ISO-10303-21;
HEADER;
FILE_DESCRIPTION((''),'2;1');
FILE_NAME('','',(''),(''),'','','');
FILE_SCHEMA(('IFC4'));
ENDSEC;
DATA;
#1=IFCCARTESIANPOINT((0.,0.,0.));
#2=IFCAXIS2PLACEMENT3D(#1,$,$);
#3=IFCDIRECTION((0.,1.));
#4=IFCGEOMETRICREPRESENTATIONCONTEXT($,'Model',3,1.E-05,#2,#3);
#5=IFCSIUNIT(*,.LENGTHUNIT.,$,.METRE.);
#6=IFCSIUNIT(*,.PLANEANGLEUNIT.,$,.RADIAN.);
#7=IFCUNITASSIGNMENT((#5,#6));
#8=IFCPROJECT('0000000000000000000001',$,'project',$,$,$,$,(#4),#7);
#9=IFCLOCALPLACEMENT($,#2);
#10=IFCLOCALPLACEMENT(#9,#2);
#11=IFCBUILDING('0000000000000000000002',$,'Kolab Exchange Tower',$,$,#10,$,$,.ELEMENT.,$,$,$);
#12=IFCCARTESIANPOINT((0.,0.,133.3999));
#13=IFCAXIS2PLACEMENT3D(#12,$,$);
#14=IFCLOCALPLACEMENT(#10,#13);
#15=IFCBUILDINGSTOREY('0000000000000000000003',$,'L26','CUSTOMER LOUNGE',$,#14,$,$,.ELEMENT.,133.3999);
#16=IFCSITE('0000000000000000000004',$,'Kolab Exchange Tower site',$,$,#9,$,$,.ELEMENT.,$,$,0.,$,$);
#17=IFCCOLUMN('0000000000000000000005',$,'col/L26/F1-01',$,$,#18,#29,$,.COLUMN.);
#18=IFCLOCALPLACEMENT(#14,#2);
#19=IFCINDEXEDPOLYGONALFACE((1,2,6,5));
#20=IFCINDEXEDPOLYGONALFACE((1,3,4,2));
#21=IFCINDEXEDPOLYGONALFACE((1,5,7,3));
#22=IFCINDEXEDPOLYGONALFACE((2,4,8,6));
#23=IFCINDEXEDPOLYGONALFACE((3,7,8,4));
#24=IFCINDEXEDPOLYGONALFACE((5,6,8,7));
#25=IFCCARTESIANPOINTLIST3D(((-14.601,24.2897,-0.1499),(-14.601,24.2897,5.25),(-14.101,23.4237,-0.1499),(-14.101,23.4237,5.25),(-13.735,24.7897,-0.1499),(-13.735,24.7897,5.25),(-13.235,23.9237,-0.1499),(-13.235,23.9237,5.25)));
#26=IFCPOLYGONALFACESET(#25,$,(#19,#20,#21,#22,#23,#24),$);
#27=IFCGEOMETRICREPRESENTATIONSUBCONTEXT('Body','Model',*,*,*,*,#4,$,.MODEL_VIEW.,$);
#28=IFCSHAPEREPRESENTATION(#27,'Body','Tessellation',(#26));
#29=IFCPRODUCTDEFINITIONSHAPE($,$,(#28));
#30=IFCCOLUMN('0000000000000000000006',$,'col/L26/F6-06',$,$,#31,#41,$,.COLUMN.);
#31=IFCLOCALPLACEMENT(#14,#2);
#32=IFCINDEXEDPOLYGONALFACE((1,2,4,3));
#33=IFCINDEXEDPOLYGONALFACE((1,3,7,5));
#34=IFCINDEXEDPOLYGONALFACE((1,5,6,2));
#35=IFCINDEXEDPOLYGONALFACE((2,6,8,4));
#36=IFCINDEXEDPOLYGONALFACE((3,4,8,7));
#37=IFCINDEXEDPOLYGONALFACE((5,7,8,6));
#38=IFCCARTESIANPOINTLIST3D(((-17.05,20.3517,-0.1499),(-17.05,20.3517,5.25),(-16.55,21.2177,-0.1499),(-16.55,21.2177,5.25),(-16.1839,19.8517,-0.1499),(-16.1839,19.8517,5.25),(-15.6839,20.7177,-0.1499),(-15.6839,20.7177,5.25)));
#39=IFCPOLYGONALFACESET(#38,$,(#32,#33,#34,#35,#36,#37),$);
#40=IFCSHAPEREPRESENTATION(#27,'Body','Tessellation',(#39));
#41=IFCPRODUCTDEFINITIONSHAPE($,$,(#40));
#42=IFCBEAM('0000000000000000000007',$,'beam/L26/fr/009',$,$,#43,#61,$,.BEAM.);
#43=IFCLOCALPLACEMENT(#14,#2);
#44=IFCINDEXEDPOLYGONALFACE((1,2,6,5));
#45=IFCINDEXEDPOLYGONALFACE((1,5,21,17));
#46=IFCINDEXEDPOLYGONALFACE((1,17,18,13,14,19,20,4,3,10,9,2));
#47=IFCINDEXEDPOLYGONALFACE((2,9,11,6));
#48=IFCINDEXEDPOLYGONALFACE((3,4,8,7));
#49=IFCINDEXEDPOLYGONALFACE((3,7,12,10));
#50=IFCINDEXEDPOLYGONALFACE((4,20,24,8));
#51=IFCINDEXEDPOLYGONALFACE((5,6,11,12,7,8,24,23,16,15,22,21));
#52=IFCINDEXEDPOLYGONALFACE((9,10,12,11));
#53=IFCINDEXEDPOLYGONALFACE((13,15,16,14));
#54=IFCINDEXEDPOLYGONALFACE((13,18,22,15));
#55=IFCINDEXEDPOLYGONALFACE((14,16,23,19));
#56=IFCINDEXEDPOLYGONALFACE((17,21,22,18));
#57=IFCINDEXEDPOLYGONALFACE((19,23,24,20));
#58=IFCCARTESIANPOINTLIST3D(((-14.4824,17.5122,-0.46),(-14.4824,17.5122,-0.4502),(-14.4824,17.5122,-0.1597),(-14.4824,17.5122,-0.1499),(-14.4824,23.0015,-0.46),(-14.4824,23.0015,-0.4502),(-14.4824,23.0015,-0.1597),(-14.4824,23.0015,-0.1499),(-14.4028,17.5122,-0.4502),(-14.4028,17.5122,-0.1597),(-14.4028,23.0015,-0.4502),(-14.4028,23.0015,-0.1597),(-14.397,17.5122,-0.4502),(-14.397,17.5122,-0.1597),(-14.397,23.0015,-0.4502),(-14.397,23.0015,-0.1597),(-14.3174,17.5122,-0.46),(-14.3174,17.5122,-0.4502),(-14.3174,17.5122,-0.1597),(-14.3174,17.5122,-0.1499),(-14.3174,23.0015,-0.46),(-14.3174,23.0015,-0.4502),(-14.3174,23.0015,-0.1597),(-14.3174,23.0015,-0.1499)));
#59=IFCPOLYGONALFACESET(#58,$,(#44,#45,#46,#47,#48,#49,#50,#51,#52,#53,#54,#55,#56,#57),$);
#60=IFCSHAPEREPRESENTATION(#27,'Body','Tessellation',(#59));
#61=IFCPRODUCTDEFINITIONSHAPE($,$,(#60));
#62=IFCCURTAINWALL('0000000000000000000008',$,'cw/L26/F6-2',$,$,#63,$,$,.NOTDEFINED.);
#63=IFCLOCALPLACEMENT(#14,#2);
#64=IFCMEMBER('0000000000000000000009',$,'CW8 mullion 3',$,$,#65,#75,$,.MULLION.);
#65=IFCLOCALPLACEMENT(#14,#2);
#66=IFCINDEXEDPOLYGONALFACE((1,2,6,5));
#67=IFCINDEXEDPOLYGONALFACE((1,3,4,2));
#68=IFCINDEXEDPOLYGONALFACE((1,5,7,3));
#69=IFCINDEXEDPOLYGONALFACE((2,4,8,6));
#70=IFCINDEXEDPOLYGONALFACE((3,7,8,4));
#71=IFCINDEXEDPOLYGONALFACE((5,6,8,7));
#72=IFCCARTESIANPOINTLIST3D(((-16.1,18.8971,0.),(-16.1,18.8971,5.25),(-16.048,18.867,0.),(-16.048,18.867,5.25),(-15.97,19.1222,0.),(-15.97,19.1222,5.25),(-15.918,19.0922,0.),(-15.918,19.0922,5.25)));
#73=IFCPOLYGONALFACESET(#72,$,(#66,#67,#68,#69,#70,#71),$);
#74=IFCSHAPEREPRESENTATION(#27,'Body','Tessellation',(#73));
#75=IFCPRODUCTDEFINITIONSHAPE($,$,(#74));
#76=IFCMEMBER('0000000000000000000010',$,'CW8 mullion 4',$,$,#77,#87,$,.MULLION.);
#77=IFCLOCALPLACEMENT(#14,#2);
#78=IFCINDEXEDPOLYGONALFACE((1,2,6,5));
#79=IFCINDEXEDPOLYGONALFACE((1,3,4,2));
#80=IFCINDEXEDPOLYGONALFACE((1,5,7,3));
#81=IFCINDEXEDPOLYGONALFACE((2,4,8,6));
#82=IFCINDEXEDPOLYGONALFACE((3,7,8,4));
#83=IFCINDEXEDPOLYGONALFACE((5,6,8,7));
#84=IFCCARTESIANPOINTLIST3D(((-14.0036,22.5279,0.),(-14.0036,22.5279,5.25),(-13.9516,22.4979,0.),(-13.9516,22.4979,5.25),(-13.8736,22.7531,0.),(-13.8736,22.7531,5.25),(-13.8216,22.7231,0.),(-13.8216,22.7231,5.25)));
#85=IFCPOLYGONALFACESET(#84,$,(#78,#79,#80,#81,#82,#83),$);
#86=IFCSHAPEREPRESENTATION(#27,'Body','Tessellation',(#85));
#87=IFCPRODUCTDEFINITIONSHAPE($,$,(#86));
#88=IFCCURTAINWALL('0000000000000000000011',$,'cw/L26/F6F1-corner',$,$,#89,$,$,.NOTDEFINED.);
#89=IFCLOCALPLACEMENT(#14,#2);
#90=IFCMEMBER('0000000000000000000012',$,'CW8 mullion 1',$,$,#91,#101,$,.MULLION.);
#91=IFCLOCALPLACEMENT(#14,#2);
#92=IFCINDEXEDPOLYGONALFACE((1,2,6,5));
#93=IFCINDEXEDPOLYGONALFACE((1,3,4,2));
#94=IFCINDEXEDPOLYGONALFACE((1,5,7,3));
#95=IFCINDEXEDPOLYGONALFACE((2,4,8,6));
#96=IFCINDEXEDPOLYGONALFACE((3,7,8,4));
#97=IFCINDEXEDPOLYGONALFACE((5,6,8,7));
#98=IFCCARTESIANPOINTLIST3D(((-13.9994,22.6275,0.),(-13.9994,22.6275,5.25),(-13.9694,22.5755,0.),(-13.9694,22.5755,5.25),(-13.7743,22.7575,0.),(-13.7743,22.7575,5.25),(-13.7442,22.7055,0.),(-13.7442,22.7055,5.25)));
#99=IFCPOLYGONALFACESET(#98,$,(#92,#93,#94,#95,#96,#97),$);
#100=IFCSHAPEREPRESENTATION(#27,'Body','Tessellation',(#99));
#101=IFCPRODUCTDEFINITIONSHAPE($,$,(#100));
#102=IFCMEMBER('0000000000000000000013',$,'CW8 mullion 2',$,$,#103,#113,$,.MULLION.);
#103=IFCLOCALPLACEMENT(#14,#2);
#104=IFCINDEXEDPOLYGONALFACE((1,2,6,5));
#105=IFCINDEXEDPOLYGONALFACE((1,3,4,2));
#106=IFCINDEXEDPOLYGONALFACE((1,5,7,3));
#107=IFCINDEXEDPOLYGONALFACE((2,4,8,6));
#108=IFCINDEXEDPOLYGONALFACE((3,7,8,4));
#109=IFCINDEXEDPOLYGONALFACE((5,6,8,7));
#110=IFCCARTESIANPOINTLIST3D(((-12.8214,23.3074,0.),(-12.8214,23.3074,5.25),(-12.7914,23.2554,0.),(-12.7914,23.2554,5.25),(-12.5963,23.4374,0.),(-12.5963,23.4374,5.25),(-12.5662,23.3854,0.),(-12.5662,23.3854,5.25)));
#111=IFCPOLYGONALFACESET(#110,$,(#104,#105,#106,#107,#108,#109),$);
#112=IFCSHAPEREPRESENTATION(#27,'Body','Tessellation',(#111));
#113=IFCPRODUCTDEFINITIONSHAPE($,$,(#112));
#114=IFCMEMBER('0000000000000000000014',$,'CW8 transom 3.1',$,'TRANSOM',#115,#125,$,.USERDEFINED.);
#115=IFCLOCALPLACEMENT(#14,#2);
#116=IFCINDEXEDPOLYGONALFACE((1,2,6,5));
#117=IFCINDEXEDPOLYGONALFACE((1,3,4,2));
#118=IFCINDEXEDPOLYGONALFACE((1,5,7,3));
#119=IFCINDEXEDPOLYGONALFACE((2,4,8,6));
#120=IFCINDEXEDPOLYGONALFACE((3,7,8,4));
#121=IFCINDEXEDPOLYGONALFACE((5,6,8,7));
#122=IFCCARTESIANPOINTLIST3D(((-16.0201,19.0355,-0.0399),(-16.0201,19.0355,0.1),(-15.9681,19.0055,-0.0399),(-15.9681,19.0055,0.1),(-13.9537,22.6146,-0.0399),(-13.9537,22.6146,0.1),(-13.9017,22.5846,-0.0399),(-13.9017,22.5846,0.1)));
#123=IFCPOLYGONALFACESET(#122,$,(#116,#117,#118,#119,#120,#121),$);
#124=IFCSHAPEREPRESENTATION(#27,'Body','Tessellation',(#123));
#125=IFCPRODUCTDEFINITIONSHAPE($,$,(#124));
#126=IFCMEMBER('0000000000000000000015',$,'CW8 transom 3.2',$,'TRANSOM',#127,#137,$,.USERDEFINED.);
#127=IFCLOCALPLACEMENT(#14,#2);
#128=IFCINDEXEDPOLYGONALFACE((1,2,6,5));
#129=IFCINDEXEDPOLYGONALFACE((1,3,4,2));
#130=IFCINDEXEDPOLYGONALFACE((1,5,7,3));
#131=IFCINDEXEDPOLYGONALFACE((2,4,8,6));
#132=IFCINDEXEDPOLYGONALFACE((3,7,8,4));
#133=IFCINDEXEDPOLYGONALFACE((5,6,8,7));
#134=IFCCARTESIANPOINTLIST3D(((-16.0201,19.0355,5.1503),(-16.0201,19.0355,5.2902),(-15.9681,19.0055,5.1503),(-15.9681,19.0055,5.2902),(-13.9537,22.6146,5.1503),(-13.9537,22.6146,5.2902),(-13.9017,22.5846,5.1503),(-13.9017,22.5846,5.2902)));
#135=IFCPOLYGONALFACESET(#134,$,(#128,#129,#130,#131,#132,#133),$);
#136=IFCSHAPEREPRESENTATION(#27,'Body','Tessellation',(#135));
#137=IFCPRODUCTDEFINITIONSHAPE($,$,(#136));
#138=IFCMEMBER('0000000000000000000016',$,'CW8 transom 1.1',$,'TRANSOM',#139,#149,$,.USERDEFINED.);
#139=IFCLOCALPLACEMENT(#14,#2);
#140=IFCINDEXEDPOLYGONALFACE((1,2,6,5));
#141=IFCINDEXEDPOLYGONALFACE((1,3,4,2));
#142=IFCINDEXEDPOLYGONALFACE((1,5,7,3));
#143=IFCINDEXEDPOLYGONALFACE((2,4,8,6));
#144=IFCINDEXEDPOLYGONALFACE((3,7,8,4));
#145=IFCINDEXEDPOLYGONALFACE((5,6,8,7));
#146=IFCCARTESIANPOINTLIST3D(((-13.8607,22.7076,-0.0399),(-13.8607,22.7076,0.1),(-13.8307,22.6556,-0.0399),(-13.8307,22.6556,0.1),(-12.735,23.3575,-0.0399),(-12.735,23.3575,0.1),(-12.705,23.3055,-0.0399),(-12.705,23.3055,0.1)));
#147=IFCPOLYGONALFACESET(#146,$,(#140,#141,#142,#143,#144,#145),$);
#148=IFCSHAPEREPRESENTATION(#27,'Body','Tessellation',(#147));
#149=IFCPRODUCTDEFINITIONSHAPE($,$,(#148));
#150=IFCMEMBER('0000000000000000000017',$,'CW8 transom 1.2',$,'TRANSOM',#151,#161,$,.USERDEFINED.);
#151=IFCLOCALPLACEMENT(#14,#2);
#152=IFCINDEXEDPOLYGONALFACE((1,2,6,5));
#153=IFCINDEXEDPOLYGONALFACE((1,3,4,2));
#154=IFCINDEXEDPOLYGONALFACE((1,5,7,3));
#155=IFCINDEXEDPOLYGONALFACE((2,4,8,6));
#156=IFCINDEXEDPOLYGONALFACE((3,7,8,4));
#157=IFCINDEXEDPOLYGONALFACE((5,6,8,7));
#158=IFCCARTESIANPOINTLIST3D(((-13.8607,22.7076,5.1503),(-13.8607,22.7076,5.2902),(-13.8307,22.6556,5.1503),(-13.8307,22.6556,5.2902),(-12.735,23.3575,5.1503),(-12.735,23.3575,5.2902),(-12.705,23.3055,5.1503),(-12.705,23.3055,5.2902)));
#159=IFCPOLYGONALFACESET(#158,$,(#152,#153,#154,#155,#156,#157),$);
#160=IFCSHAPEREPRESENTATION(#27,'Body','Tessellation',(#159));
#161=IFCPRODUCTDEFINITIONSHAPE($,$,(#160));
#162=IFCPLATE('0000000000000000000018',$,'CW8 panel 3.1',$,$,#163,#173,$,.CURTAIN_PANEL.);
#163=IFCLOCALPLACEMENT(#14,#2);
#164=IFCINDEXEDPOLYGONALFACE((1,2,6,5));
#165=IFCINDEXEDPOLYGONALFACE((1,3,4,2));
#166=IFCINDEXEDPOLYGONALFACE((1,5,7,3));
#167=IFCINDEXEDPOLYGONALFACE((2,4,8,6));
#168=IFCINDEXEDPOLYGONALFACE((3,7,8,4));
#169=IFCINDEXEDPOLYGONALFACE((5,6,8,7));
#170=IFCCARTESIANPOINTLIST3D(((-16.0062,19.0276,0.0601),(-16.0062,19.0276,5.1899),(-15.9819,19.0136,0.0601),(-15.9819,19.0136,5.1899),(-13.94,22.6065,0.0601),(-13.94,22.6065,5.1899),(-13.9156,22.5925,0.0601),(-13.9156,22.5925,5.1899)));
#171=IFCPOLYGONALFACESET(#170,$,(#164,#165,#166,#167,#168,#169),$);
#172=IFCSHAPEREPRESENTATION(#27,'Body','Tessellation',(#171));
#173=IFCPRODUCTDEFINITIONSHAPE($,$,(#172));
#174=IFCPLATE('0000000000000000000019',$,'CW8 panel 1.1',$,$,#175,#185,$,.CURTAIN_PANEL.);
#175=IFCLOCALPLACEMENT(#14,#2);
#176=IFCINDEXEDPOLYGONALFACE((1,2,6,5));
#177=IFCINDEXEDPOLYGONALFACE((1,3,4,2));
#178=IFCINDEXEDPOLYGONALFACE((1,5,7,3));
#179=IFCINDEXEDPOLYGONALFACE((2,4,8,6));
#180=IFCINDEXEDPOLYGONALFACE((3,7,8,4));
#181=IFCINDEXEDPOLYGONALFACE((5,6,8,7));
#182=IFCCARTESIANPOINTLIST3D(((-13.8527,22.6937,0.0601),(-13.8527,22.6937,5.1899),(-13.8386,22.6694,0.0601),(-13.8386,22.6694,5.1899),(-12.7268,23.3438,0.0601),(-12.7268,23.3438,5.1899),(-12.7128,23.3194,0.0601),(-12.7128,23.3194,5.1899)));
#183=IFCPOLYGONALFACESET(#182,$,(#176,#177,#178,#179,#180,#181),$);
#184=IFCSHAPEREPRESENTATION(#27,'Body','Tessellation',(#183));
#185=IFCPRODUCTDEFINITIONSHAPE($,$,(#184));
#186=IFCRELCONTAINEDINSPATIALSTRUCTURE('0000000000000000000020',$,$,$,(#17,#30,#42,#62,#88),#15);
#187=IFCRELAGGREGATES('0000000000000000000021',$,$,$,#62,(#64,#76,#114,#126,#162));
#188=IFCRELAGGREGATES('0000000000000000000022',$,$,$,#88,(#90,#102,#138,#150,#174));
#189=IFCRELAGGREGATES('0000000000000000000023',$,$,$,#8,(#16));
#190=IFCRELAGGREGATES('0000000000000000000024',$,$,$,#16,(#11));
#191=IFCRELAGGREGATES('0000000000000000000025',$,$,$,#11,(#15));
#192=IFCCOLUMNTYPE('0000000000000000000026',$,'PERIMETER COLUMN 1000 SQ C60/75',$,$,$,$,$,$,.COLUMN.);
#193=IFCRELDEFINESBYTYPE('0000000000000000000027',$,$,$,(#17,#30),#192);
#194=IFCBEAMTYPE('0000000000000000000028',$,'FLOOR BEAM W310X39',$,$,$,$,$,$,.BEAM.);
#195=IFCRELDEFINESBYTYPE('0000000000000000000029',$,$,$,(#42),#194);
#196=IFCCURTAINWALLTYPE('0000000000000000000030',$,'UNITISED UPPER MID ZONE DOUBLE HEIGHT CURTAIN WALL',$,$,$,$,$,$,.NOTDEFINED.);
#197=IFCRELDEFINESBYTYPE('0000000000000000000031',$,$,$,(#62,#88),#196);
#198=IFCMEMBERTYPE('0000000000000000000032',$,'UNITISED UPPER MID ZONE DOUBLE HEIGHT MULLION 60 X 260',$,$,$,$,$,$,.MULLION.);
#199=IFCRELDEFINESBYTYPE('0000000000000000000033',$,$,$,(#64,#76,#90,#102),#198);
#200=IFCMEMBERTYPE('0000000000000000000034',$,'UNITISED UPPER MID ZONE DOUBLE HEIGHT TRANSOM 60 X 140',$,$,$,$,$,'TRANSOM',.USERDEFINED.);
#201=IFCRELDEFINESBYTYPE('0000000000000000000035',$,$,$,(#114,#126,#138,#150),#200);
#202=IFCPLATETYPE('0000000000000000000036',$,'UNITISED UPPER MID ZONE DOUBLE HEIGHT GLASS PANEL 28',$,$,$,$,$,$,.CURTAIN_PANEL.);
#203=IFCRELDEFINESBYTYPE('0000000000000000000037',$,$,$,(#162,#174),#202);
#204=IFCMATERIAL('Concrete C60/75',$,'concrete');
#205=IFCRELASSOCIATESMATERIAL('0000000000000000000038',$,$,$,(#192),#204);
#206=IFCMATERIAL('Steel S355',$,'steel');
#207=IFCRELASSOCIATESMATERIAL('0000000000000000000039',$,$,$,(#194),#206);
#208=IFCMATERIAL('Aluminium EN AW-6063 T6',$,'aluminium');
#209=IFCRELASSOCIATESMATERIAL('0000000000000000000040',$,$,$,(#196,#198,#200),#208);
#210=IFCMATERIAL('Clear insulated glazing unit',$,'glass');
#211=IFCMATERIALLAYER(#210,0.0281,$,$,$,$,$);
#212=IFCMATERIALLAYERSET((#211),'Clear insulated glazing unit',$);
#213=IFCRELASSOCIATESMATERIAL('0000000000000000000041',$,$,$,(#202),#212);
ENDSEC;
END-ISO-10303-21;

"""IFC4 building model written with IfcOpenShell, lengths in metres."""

from ifc_helpers import new_model, si_unit, direction, frame, origin, origin_2d, place, context, subcontext, project, spatial, rectangle, i_section, extrude, material, layer, layer_set, material_profile, profile_set, type_object, element, aggregate, save


model = new_model("IFC4")

# Units and contexts
model_context = context("Model", 3, precision=1e-05, world=origin(), true_north=direction((0.0, 1.0)))
body_context = subcontext(model_context, "Body", "Model", "MODEL_VIEW")
ifc_project = project(units=[si_unit("LENGTHUNIT", "METRE"), si_unit("PLANEANGLEUNIT", "RADIAN")], contexts=[model_context])

# Site, building, storey
site_placement = place(None, origin())
site = spatial("IfcSite", under=ifc_project, at=site_placement, Name="Kolab Exchange Tower site", CompositionType="ELEMENT", RefElevation=0.0)
building_placement = place(site_placement, origin())
building = spatial("IfcBuilding", under=site, at=building_placement, Name="Kolab Exchange Tower", CompositionType="ELEMENT")
storey_placement = place(building_placement, frame((0.0, 0.0, 133.3999)))
storey = spatial("IfcBuildingStorey", under=building, at=storey_placement, Name="L26", Description="CUSTOMER LOUNGE", CompositionType="ELEMENT", Elevation=133.3999)

# Columns
ifc_material_1 = material(Name="Concrete C60/75", Category="concrete")
ifc_material_profile_1 = material_profile(ifc_material_1, rectangle(XDim=1.0, YDim=1.0, at=origin_2d()), Name="RC1000")
ifc_profile_set_1 = profile_set([ifc_material_profile_1], Name="Concrete C60/75")
column_type = type_object("IfcColumnType", Name="PERIMETER COLUMN 1000 SQ C60/75", PredefinedType="COLUMN", material=ifc_profile_set_1)
for number, where, z_axis, x_axis, name in (
    (1, (-13.918, 24.1067, -0.1499), (0.0, 0.0, 1.0), (0.866025, 0.5, 0.0), "col/L26/F1-01"),
    (2, (-16.3669, 20.5347, -0.1499), (0.0, 0.0, 1.0), (0.5, 0.866025, 0.0), "col/L26/F6-06"),
):
    element("IfcColumn", number, at=place(storey_placement, frame(where, z_axis=z_axis, x_axis=x_axis)), inside=storey, type_object=column_type, Name=name, PredefinedType="COLUMN", context=body_context, shape_type="SweptSolid", body=[
        extrude(rectangle(XDim=1.0, YDim=1.0, at=origin_2d()), origin(), (0.0, 0.0, 1.0), 5.3999),
    ])

# Beam
ifc_material_2 = material(Name="Steel S355", Category="steel")
ifc_material_profile_2 = material_profile(ifc_material_2, i_section(OverallWidth=0.165, OverallDepth=0.3101, WebThickness=0.0059, FlangeThickness=0.0098, at=origin_2d()), Name="W310X39")
ifc_profile_set_2 = profile_set([ifc_material_profile_2], Name="Steel S355")
beam_type = type_object("IfcBeamType", Name="FLOOR BEAM W310X39", PredefinedType="BEAM", material=ifc_profile_set_2)
beam_placement = place(storey_placement, frame((-14.3999, 17.5122, -0.3049), z_axis=(0.0, 1.0, 0.0), x_axis=(-1.0, 0.0, 0.0)))
element("IfcBeam", 3, at=beam_placement, inside=storey, type_object=beam_type, Name="beam/L26/fr/009", PredefinedType="BEAM", context=body_context, shape_type="SweptSolid", body=[
    extrude(i_section(OverallWidth=0.165, OverallDepth=0.3101, WebThickness=0.0059, FlangeThickness=0.0098, at=origin_2d()), origin(), (0.0, 0.0, 1.0), 5.4893),
])

# Curtain walls, members
ifc_material_3 = material(Name="Aluminium EN AW-6063 T6", Category="aluminium")
curtain_wall_type = type_object("IfcCurtainWallType", Name="UNITISED UPPER MID ZONE DOUBLE HEIGHT CURTAIN WALL", PredefinedType="NOTDEFINED", material=ifc_material_3)
curtain_wall_1_placement = place(storey_placement, origin())
curtain_wall_1 = element("IfcCurtainWall", 4, at=curtain_wall_1_placement, inside=storey, type_object=curtain_wall_type, Name="cw/L26/F6-2", PredefinedType="NOTDEFINED")
ifc_material_profile_3 = material_profile(ifc_material_3, rectangle(XDim=0.0601, YDim=0.26, at=origin_2d()), Name="RECT 60X260")
ifc_profile_set_3 = profile_set([ifc_material_profile_3], Name="Aluminium EN AW-6063 T6")
member_type_1 = type_object("IfcMemberType", Name="UNITISED UPPER MID ZONE DOUBLE HEIGHT MULLION 60 X 260", PredefinedType="MULLION", material=ifc_profile_set_3)
member_1_placement = place(storey_placement, frame((-16.009, 18.9946, 0.0), z_axis=(0.0, 0.0, 1.0), x_axis=(-0.866025, 0.5, 0.0)))
member_1 = element("IfcMember", 5, at=member_1_placement, type_object=member_type_1, Name="CW8 mullion 3", PredefinedType="MULLION", context=body_context, shape_type="SweptSolid", body=[
    extrude(rectangle(XDim=0.0601, YDim=0.26, at=origin_2d()), origin(), (0.0, 0.0, 1.0), 5.25),
])
member_2_placement = place(storey_placement, frame((-13.9126, 22.6255, 0.0), z_axis=(0.0, 0.0, 1.0), x_axis=(-0.866025, 0.5, 0.0)))
member_2 = element("IfcMember", 6, at=member_2_placement, type_object=member_type_1, Name="CW8 mullion 4", PredefinedType="MULLION", context=body_context, shape_type="SweptSolid", body=[
    extrude(rectangle(XDim=0.0601, YDim=0.26, at=origin_2d()), origin(), (0.0, 0.0, 1.0), 5.25),
])
curtain_wall_2_placement = place(storey_placement, origin())
curtain_wall_2 = element("IfcCurtainWall", 7, at=curtain_wall_2_placement, inside=storey, type_object=curtain_wall_type, Name="cw/L26/F6F1-corner", PredefinedType="NOTDEFINED")
member_3_placement = place(storey_placement, frame((-13.8718, 22.6665, 0.0), z_axis=(0.0, 0.0, 1.0), x_axis=(-0.5, 0.866025, 0.0)))
member_3 = element("IfcMember", 8, at=member_3_placement, type_object=member_type_1, Name="CW8 mullion 1", PredefinedType="MULLION", context=body_context, shape_type="SweptSolid", body=[
    extrude(rectangle(XDim=0.0601, YDim=0.26, at=origin_2d()), origin(), (0.0, 0.0, 1.0), 5.25),
])
member_4_placement = place(storey_placement, frame((-12.6938, 23.3464, 0.0), z_axis=(0.0, 0.0, 1.0), x_axis=(-0.5, 0.866025, 0.0)))
member_4 = element("IfcMember", 9, at=member_4_placement, type_object=member_type_1, Name="CW8 mullion 2", PredefinedType="MULLION", context=body_context, shape_type="SweptSolid", body=[
    extrude(rectangle(XDim=0.0601, YDim=0.26, at=origin_2d()), origin(), (0.0, 0.0, 1.0), 5.25),
])

# Members
ifc_material_profile_4 = material_profile(ifc_material_3, rectangle(XDim=0.0601, YDim=0.1399, at=origin_2d()), Name="RECT 60X140")
ifc_profile_set_4 = profile_set([ifc_material_profile_4], Name="Aluminium EN AW-6063 T6")
member_type_2 = type_object("IfcMemberType", Name="UNITISED UPPER MID ZONE DOUBLE HEIGHT TRANSOM 60 X 140", ElementType="TRANSOM", PredefinedType="USERDEFINED", material=ifc_profile_set_4)
member_5_placement = place(storey_placement, frame((-15.9941, 19.0205, 0.03), z_axis=(0.500002, 0.866024, 0.0), x_axis=(-0.866024, 0.500002, 0.0)))
member_5 = element("IfcMember", 10, at=member_5_placement, type_object=member_type_2, Name="CW8 transom 3.1", ObjectType="TRANSOM", PredefinedType="USERDEFINED", context=body_context, shape_type="SweptSolid", body=[
    extrude(rectangle(XDim=0.0601, YDim=0.1399, at=origin_2d()), origin(), (0.0, 0.0, 1.0), 4.1328),
])
member_6_placement = place(storey_placement, frame((-15.9941, 19.0205, 5.2202), z_axis=(0.500002, 0.866024, 0.0), x_axis=(-0.866024, 0.500002, 0.0)))
member_6 = element("IfcMember", 11, at=member_6_placement, type_object=member_type_2, Name="CW8 transom 3.2", ObjectType="TRANSOM", PredefinedType="USERDEFINED", context=body_context, shape_type="SweptSolid", body=[
    extrude(rectangle(XDim=0.0601, YDim=0.1399, at=origin_2d()), origin(), (0.0, 0.0, 1.0), 4.1328),
])
member_7_placement = place(storey_placement, frame((-13.8457, 22.6816, 0.03), z_axis=(0.866039, 0.499977, 0.0), x_axis=(-0.499977, 0.866039, 0.0)))
member_7 = element("IfcMember", 12, at=member_7_placement, type_object=member_type_2, Name="CW8 transom 1.1", ObjectType="TRANSOM", PredefinedType="USERDEFINED", context=body_context, shape_type="SweptSolid", body=[
    extrude(rectangle(XDim=0.0601, YDim=0.1399, at=origin_2d()), origin(), (0.0, 0.0, 1.0), 1.2998),
])
member_8_placement = place(storey_placement, frame((-13.8457, 22.6816, 5.2202), z_axis=(0.866039, 0.499977, 0.0), x_axis=(-0.499977, 0.866039, 0.0)))
member_8 = element("IfcMember", 13, at=member_8_placement, type_object=member_type_2, Name="CW8 transom 1.2", ObjectType="TRANSOM", PredefinedType="USERDEFINED", context=body_context, shape_type="SweptSolid", body=[
    extrude(rectangle(XDim=0.0601, YDim=0.1399, at=origin_2d()), origin(), (0.0, 0.0, 1.0), 1.2998),
])

# Plates
ifc_material_4 = material(Name="Clear insulated glazing unit", Category="glass")
ifc_layer_1 = layer(ifc_material_4, 0.0281)
ifc_layer_set_1 = layer_set([ifc_layer_1], Name="Clear insulated glazing unit")
plate_type = type_object("IfcPlateType", Name="UNITISED UPPER MID ZONE DOUBLE HEIGHT GLASS PANEL 28", PredefinedType="CURTAIN_PANEL", material=ifc_layer_set_1)
plate_1_placement = place(storey_placement, frame((-14.9609, 20.8101, 0.0601), z_axis=(0.0, 0.0, 1.0), x_axis=(0.5, 0.866025, 0.0)))
plate_1 = element("IfcPlate", 14, at=plate_1_placement, type_object=plate_type, Name="CW8 panel 3.1", PredefinedType="CURTAIN_PANEL", context=body_context, shape_type="SweptSolid", body=[
    extrude(rectangle(XDim=4.1326, YDim=0.0281, at=origin_2d()), origin(), (0.0, 0.0, 1.0), 5.1299),
])
aggregate(curtain_wall_1, [member_1, member_2, member_5, member_6, plate_1])
plate_2_placement = place(storey_placement, frame((-13.2827, 23.0066, 0.0601), z_axis=(0.0, 0.0, 1.0), x_axis=(0.866025, 0.5, 0.0)))
plate_2 = element("IfcPlate", 15, at=plate_2_placement, type_object=plate_type, Name="CW8 panel 1.1", PredefinedType="CURTAIN_PANEL", context=body_context, shape_type="SweptSolid", body=[
    extrude(rectangle(XDim=1.3, YDim=0.0281, at=origin_2d()), origin(), (0.0, 0.0, 1.0), 5.1299),
])
aggregate(curtain_wall_2, [member_3, member_4, member_7, member_8, plate_2])

save(model, "model.ifc")
